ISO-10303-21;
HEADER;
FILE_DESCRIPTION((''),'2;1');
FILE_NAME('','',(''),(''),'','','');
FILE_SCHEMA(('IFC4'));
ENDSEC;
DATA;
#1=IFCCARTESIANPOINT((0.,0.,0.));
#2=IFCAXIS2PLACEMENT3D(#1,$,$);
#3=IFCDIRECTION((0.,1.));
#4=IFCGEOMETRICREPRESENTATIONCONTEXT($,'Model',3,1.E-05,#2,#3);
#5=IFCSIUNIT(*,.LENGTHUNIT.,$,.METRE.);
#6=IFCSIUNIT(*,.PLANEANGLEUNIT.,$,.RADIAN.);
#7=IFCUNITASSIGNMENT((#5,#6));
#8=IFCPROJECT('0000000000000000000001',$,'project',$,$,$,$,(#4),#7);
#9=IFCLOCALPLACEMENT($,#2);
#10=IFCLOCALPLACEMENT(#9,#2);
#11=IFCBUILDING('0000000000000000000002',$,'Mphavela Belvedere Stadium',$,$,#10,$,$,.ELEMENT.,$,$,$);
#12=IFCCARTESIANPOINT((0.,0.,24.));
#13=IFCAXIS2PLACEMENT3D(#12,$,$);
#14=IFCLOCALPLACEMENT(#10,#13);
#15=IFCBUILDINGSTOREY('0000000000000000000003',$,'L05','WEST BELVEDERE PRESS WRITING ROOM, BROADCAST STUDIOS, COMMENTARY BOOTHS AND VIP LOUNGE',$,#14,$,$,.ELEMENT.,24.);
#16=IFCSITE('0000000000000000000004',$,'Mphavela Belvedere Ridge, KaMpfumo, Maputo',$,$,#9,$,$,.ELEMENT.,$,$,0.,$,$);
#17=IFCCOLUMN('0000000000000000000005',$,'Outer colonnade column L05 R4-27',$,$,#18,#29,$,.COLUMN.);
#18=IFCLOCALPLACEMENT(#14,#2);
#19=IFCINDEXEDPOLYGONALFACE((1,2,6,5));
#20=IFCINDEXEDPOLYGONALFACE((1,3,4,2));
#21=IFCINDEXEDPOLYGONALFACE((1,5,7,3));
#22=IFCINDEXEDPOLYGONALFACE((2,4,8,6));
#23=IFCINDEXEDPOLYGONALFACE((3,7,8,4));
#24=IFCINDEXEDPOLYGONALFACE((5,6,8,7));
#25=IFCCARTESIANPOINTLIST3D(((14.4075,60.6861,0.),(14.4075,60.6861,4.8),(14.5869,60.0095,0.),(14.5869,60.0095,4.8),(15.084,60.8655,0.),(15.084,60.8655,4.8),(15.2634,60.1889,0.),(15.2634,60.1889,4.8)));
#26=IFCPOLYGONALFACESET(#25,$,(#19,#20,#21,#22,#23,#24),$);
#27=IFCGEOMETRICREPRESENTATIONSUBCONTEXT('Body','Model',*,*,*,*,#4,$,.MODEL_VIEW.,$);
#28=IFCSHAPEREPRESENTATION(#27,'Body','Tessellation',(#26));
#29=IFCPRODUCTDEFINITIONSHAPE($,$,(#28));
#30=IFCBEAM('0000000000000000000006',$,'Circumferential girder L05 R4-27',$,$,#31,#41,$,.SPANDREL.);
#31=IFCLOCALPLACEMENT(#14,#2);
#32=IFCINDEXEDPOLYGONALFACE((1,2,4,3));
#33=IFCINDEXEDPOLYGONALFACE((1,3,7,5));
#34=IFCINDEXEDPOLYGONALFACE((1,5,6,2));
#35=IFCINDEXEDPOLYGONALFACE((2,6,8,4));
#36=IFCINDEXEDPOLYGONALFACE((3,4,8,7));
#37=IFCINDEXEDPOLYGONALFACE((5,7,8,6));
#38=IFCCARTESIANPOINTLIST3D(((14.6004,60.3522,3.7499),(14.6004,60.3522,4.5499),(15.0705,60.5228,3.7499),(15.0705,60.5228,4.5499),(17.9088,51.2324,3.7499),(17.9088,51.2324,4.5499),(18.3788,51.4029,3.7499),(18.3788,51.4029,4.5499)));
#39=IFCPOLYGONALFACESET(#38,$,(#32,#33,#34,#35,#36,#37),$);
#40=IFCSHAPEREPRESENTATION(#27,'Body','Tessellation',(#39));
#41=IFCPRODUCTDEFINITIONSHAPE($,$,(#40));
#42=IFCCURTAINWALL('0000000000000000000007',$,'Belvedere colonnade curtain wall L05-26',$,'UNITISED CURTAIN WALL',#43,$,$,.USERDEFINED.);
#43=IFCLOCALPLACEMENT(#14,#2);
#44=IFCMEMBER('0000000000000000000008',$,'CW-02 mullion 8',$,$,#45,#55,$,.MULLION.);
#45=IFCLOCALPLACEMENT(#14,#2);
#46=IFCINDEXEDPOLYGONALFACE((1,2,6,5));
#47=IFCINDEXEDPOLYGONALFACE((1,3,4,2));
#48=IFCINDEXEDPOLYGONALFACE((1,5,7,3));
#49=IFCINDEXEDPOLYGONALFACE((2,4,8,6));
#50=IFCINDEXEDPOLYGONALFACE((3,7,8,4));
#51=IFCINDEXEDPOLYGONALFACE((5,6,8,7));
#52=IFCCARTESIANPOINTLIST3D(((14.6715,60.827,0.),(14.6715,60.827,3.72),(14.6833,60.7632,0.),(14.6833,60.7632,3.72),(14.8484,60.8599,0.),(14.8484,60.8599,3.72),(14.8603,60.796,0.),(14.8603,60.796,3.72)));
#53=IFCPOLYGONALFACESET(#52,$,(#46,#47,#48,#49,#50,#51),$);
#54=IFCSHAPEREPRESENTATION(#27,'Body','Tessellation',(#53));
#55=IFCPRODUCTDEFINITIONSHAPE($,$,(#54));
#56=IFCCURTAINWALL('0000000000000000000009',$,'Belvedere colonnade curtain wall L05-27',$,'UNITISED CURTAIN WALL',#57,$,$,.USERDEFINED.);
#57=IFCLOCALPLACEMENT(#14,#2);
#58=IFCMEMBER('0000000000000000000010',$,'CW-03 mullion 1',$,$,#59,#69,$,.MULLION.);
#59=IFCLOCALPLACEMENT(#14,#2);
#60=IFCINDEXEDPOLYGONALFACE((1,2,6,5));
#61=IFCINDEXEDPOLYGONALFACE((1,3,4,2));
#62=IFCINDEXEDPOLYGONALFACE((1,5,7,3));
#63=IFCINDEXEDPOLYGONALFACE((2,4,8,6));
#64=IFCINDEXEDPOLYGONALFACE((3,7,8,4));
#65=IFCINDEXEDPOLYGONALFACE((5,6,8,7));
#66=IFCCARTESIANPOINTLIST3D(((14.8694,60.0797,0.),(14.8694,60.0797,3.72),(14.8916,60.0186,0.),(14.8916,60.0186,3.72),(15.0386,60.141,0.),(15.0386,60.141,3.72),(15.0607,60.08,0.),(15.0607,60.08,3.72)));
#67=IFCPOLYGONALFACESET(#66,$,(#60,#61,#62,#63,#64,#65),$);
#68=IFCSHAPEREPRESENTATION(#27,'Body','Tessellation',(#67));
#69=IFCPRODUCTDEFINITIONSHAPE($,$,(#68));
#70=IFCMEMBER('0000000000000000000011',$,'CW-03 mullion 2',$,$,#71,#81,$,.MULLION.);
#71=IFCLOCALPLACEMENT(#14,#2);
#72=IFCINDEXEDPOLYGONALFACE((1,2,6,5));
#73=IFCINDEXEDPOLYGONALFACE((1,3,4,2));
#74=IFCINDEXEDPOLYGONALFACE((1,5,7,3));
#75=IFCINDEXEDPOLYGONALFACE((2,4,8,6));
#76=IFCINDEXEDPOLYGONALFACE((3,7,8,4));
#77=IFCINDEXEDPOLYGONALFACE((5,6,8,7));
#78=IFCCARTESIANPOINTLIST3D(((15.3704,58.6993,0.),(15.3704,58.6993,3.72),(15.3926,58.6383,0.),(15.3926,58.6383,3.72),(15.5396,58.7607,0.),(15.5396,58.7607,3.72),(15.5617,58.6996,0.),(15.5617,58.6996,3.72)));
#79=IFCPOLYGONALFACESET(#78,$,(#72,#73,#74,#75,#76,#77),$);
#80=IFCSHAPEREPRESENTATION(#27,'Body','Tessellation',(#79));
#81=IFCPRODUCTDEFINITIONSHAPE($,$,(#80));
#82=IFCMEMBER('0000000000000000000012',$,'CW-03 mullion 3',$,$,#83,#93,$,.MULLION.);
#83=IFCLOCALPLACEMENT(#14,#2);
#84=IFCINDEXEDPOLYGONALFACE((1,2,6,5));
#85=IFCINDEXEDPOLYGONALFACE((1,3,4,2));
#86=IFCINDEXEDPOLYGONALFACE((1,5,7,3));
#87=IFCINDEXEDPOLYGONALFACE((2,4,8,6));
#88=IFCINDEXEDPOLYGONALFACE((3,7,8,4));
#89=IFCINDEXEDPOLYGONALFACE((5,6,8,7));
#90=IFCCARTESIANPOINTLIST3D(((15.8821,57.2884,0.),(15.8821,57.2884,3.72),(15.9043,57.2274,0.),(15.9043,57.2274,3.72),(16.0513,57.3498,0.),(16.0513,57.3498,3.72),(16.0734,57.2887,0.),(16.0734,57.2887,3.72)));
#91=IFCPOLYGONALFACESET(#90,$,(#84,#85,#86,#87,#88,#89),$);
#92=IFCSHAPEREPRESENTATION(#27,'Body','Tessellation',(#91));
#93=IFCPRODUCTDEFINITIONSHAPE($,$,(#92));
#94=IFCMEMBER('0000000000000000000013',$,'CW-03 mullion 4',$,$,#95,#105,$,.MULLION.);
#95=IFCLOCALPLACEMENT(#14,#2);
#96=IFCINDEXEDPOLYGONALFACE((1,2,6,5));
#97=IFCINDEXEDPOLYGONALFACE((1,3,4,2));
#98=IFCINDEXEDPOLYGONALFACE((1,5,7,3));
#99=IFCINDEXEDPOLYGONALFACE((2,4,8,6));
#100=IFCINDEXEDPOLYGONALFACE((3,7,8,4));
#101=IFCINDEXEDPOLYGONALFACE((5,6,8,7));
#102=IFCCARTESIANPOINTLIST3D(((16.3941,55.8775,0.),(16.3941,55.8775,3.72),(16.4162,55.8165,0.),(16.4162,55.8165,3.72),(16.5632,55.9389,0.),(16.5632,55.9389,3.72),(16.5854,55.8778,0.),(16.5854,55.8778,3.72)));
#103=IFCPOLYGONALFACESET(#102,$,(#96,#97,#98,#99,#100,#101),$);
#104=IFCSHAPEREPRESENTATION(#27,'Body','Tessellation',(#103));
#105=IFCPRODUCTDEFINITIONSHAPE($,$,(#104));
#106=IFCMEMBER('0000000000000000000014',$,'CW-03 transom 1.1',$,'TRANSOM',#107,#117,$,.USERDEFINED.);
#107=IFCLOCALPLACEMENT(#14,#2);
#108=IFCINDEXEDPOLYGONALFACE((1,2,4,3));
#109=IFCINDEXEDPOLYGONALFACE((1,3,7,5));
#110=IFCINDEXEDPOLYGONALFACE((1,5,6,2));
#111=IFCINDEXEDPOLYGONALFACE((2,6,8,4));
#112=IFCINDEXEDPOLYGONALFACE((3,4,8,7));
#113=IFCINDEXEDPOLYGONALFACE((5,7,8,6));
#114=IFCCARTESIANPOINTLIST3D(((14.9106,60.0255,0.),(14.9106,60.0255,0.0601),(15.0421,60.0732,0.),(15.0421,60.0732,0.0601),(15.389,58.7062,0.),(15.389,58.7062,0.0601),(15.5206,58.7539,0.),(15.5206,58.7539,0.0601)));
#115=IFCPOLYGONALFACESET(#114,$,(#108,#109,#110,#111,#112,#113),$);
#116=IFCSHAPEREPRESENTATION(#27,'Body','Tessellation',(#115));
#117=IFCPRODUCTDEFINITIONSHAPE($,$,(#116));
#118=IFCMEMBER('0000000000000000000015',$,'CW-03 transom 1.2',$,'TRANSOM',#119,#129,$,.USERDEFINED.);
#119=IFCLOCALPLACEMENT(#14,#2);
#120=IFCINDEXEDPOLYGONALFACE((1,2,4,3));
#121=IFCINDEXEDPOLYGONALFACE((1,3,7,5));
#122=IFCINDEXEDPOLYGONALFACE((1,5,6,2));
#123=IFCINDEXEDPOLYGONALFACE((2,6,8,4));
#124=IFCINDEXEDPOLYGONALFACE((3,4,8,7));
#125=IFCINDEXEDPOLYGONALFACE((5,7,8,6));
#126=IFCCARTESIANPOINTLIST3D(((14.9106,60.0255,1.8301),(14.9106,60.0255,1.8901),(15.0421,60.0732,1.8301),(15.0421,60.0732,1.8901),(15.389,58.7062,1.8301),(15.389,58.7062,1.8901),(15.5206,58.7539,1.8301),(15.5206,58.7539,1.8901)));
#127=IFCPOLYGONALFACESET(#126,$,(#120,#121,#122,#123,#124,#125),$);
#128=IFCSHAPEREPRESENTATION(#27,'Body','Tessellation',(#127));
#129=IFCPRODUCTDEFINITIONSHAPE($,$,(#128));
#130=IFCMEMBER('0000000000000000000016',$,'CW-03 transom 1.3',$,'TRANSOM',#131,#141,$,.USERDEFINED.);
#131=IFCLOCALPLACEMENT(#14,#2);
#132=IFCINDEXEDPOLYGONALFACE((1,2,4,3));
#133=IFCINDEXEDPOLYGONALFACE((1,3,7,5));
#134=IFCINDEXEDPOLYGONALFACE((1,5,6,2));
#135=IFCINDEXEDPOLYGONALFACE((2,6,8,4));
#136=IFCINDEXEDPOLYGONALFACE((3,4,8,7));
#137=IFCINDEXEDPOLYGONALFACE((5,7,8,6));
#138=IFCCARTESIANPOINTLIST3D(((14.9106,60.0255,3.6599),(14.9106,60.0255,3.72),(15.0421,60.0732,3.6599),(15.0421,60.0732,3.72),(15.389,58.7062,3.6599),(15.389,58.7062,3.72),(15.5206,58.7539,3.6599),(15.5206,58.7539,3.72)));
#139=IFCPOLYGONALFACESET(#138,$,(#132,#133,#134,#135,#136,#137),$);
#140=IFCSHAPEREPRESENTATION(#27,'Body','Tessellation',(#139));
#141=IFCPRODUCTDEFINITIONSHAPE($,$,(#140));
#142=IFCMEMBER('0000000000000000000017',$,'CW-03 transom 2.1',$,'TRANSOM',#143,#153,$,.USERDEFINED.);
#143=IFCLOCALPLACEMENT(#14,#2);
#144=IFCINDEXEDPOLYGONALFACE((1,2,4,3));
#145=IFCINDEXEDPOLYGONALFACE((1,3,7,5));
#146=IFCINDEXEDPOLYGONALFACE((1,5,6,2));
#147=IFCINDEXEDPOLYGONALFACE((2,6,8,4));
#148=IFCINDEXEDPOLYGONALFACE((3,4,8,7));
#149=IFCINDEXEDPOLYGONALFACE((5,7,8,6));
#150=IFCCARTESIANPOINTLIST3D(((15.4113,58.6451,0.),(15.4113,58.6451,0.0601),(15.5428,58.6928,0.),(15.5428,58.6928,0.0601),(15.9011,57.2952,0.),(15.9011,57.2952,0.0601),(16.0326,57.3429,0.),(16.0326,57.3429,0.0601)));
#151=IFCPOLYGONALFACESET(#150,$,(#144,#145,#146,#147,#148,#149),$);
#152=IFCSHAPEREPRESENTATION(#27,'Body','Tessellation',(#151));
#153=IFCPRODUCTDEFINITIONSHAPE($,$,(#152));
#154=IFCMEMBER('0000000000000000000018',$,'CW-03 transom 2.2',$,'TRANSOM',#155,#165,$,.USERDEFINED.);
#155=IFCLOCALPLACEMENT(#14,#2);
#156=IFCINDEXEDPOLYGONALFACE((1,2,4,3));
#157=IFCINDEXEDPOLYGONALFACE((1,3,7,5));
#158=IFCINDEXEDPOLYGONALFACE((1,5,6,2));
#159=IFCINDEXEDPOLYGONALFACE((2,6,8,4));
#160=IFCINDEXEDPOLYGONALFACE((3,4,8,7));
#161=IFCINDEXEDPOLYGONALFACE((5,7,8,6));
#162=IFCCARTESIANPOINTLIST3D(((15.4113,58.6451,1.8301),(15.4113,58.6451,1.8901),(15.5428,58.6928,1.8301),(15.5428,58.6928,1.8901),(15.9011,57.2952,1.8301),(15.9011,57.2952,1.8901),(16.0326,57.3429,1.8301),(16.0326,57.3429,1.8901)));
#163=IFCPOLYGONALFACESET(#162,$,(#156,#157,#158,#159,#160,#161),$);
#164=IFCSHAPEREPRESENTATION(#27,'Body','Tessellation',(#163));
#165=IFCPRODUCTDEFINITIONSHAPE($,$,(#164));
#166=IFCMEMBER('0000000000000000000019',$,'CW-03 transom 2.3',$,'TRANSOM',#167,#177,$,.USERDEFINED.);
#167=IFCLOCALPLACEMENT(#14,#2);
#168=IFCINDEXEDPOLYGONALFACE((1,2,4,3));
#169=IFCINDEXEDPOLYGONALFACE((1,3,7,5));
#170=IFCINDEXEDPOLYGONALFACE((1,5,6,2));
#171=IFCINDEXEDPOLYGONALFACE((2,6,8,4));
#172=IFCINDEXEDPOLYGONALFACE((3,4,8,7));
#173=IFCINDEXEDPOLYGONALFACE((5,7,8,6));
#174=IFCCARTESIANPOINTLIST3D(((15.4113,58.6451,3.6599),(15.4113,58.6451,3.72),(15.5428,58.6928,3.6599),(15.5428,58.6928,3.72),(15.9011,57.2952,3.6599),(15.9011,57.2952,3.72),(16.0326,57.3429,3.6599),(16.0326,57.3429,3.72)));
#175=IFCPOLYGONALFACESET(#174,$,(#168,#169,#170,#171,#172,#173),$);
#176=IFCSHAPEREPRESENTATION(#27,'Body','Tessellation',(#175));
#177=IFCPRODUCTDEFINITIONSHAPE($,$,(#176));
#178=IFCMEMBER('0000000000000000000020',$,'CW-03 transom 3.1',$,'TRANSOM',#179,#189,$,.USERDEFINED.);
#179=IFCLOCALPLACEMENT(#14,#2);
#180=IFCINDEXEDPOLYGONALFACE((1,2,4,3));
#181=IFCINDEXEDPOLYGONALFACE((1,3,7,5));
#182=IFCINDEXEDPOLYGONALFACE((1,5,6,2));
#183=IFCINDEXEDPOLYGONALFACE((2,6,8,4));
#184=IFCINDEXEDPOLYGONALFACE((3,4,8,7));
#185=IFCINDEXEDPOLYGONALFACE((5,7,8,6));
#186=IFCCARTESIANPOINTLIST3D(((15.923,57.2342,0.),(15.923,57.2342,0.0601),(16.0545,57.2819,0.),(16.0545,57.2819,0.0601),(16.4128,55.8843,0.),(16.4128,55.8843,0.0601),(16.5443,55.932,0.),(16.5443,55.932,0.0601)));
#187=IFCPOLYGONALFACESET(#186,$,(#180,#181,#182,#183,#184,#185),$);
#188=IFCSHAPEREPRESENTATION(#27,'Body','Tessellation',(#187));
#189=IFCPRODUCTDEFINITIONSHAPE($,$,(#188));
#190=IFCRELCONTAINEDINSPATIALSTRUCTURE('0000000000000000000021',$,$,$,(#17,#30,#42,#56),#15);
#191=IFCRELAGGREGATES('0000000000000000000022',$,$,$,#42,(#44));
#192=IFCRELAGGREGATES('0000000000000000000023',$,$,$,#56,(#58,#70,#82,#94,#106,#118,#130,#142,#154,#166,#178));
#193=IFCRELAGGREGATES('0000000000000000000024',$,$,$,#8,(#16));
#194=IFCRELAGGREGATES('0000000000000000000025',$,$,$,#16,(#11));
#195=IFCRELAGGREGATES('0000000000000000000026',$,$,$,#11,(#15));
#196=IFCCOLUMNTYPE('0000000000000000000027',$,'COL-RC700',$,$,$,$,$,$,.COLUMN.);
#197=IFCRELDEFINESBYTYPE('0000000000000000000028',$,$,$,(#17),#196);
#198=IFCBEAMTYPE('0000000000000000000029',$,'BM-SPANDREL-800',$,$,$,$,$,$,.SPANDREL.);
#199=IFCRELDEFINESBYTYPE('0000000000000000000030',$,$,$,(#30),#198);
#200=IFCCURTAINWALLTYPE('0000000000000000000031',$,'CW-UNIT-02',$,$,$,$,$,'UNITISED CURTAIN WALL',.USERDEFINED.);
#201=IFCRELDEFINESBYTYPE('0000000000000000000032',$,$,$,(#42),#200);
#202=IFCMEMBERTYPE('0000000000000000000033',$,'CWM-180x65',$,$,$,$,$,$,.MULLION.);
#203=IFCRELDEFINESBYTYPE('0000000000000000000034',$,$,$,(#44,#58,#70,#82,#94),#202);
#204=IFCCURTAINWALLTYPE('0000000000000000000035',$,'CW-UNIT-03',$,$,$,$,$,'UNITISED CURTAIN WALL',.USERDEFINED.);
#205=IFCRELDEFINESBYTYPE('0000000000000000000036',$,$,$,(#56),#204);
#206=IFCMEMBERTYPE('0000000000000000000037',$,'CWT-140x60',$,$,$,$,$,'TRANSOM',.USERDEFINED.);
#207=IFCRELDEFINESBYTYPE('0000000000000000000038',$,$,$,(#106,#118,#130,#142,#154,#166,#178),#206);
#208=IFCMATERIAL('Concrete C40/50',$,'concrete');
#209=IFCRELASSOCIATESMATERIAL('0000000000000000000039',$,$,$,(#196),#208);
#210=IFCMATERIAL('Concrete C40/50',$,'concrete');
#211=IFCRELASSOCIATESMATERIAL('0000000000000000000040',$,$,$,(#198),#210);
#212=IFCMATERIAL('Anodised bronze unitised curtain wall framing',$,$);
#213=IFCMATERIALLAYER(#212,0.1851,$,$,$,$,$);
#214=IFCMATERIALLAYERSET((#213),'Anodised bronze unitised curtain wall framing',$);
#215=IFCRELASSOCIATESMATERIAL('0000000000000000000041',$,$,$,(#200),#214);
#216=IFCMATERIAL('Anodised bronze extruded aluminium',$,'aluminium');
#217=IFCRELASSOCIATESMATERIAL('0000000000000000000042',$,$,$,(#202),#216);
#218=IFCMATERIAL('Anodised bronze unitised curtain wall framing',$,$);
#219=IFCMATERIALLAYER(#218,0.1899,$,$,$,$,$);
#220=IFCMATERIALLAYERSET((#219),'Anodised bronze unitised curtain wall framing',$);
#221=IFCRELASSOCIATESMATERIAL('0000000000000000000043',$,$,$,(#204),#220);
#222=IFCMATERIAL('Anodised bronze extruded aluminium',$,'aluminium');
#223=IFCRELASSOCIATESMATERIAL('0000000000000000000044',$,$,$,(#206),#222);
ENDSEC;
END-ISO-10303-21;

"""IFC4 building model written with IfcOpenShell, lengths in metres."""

from ifc_helpers import new_model, si_unit, direction, frame, origin, origin_2d, place, context, subcontext, project, spatial, rectangle, extrude, material, layer, layer_set, material_profile, profile_set, type_object, element, aggregate, save


model = new_model("IFC4")

# Units and contexts
model_context = context("Model", 3, precision=1e-05, world=origin(), true_north=direction((0.0, 1.0)))
body_context = subcontext(model_context, "Body", "Model", "MODEL_VIEW")
ifc_project = project(units=[si_unit("LENGTHUNIT", "METRE"), si_unit("PLANEANGLEUNIT", "RADIAN")], contexts=[model_context])

# Site, building, storey
site_placement = place(None, origin())
site = spatial("IfcSite", under=ifc_project, at=site_placement, Name="Mphavela Belvedere Ridge, KaMpfumo, Maputo", CompositionType="ELEMENT", RefElevation=0.0)
building_placement = place(site_placement, origin())
building = spatial("IfcBuilding", under=site, at=building_placement, Name="Mphavela Belvedere Stadium", CompositionType="ELEMENT")
storey_placement = place(building_placement, frame((0.0, 0.0, 24.0)))
storey = spatial("IfcBuildingStorey", under=building, at=storey_placement, Name="L05", Description="WEST BELVEDERE PRESS WRITING ROOM, BROADCAST STUDIOS, COMMENTARY BOOTHS AND VIP LOUNGE", CompositionType="ELEMENT", Elevation=24.0)

# Column
ifc_material_1 = material(Name="Concrete C40/50", Category="concrete")
ifc_material_profile_1 = material_profile(ifc_material_1, rectangle(XDim=0.7, YDim=0.7, at=origin_2d()), Name="RC 700x700")
ifc_profile_set_1 = profile_set([ifc_material_profile_1], Name="Concrete C40/50")
column_type = type_object("IfcColumnType", Name="COL-RC700", PredefinedType="COLUMN", material=ifc_profile_set_1)
column_placement = place(storey_placement, frame((14.8354, 60.4375, 0.0), z_axis=(0.0, 0.0, 1.0), x_axis=(-0.9666, -0.256289, 0.0)))
element("IfcColumn", 1, at=column_placement, inside=storey, type_object=column_type, Name="Outer colonnade column L05 R4-27", PredefinedType="COLUMN", context=body_context, shape_type="SweptSolid", body=[
    extrude(rectangle(XDim=0.7, YDim=0.7, at=origin_2d()), origin(), (0.0, 0.0, 1.0), 4.8),
])

# Beam
ifc_material_2 = material(Name="Concrete C40/50", Category="concrete")
ifc_material_profile_2 = material_profile(ifc_material_2, rectangle(XDim=0.5, YDim=0.8, at=origin_2d()), Name="RC 500x800")
ifc_profile_set_2 = profile_set([ifc_material_profile_2], Name="Concrete C40/50")
beam_type = type_object("IfcBeamType", Name="BM-SPANDREL-800", PredefinedType="SPANDREL", material=ifc_profile_set_2)
beam_placement = place(storey_placement, frame((14.8354, 60.4375, 4.1499), z_axis=(0.341018, -0.940057, 0.0), x_axis=(0.940057, 0.341018, 0.0)))
element("IfcBeam", 2, at=beam_placement, inside=storey, type_object=beam_type, Name="Circumferential girder L05 R4-27", PredefinedType="SPANDREL", context=body_context, shape_type="SweptSolid", body=[
    extrude(rectangle(XDim=0.5, YDim=0.8, at=origin_2d()), origin(), (0.0, 0.0, 1.0), 9.7014),
])

# Curtain wall, member
ifc_material_3 = material(Name="Anodised bronze unitised curtain wall framing")
ifc_layer_1 = layer(ifc_material_3, 0.1851)
ifc_layer_set_1 = layer_set([ifc_layer_1], Name="Anodised bronze unitised curtain wall framing")
curtain_wall_type_1 = type_object("IfcCurtainWallType", Name="CW-UNIT-02", ElementType="UNITISED CURTAIN WALL", PredefinedType="USERDEFINED", material=ifc_layer_set_1)
curtain_wall_1_placement = place(storey_placement, origin())
curtain_wall_1 = element("IfcCurtainWall", 3, at=curtain_wall_1_placement, inside=storey, type_object=curtain_wall_type_1, Name="Belvedere colonnade curtain wall L05-26", ObjectType="UNITISED CURTAIN WALL", PredefinedType="USERDEFINED")
ifc_material_4 = material(Name="Anodised bronze extruded aluminium", Category="aluminium")
ifc_material_profile_3 = material_profile(ifc_material_4, rectangle(XDim=0.1799, YDim=0.0649, at=origin_2d()), Name="CW-MUL 180x65")
ifc_profile_set_3 = profile_set([ifc_material_profile_3], Name="Anodised bronze extruded aluminium")
member_type_1 = type_object("IfcMemberType", Name="CWM-180x65", PredefinedType="MULLION", material=ifc_profile_set_3)
member_1_placement = place(storey_placement, frame((14.7659, 60.8115, 0.0), z_axis=(0.0, 0.0, 1.0), x_axis=(0.983184, 0.182618, 0.0)))
member_1 = element("IfcMember", 4, at=member_1_placement, type_object=member_type_1, Name="CW-02 mullion 8", PredefinedType="MULLION", context=body_context, shape_type="SweptSolid", body=[
    extrude(rectangle(XDim=0.1799, YDim=0.0649, at=origin_2d()), origin(), (0.0, 0.0, 1.0), 3.72),
])

# Curtain wall, members
ifc_material_5 = material(Name="Anodised bronze unitised curtain wall framing")
ifc_layer_2 = layer(ifc_material_5, 0.1899)
ifc_layer_set_2 = layer_set([ifc_layer_2], Name="Anodised bronze unitised curtain wall framing")
curtain_wall_type_2 = type_object("IfcCurtainWallType", Name="CW-UNIT-03", ElementType="UNITISED CURTAIN WALL", PredefinedType="USERDEFINED", material=ifc_layer_set_2)
curtain_wall_2_placement = place(storey_placement, origin())
curtain_wall_2 = element("IfcCurtainWall", 5, at=curtain_wall_2_placement, inside=storey, type_object=curtain_wall_type_2, Name="Belvedere colonnade curtain wall L05-27", ObjectType="UNITISED CURTAIN WALL", PredefinedType="USERDEFINED")
member_2_placement = place(storey_placement, frame((14.9651, 60.0798, 0.0), z_axis=(0.0, 0.0, 1.0), x_axis=(0.940053, 0.341027, 0.0)))
member_2 = element("IfcMember", 6, at=member_2_placement, type_object=member_type_1, Name="CW-03 mullion 1", PredefinedType="MULLION", context=body_context, shape_type="SweptSolid", body=[
    extrude(rectangle(XDim=0.1799, YDim=0.0649, at=origin_2d()), origin(), (0.0, 0.0, 1.0), 3.72),
])
member_3_placement = place(storey_placement, frame((15.4661, 58.6995, 0.0), z_axis=(0.0, 0.0, 1.0), x_axis=(0.940053, 0.341027, 0.0)))
member_3 = element("IfcMember", 7, at=member_3_placement, type_object=member_type_1, Name="CW-03 mullion 2", PredefinedType="MULLION", context=body_context, shape_type="SweptSolid", body=[
    extrude(rectangle(XDim=0.1799, YDim=0.0649, at=origin_2d()), origin(), (0.0, 0.0, 1.0), 3.72),
])
member_4_placement = place(storey_placement, frame((15.9778, 57.2886, 0.0), z_axis=(0.0, 0.0, 1.0), x_axis=(0.940053, 0.341027, 0.0)))
member_4 = element("IfcMember", 8, at=member_4_placement, type_object=member_type_1, Name="CW-03 mullion 3", PredefinedType="MULLION", context=body_context, shape_type="SweptSolid", body=[
    extrude(rectangle(XDim=0.1799, YDim=0.0649, at=origin_2d()), origin(), (0.0, 0.0, 1.0), 3.72),
])
member_5_placement = place(storey_placement, frame((16.4897, 55.8777, 0.0), z_axis=(0.0, 0.0, 1.0), x_axis=(0.940053, 0.341027, 0.0)))
member_5 = element("IfcMember", 9, at=member_5_placement, type_object=member_type_1, Name="CW-03 mullion 4", PredefinedType="MULLION", context=body_context, shape_type="SweptSolid", body=[
    extrude(rectangle(XDim=0.1799, YDim=0.0649, at=origin_2d()), origin(), (0.0, 0.0, 1.0), 3.72),
])
ifc_material_6 = material(Name="Anodised bronze extruded aluminium", Category="aluminium")
ifc_material_profile_4 = material_profile(ifc_material_6, rectangle(XDim=0.1399, YDim=0.0601, at=origin_2d()), Name="CW-TRN 140x60")
ifc_profile_set_4 = profile_set([ifc_material_profile_4], Name="Anodised bronze extruded aluminium")
member_type_2 = type_object("IfcMemberType", Name="CWT-140x60", ElementType="TRANSOM", PredefinedType="USERDEFINED", material=ifc_profile_set_4)
member_6_placement = place(storey_placement, frame((14.9763, 60.0493, 0.03), z_axis=(0.340961, -0.940078, 0.0), x_axis=(0.940078, 0.340961, 0.0)))
member_6 = element("IfcMember", 10, at=member_6_placement, type_object=member_type_2, Name="CW-03 transom 1.1", ObjectType="TRANSOM", PredefinedType="USERDEFINED", context=body_context, shape_type="SweptSolid", body=[
    extrude(rectangle(XDim=0.1399, YDim=0.0601, at=origin_2d()), origin(), (0.0, 0.0, 1.0), 1.4033),
])
member_7_placement = place(storey_placement, frame((14.9763, 60.0493, 1.8601), z_axis=(0.340961, -0.940078, 0.0), x_axis=(0.940078, 0.340961, 0.0)))
member_7 = element("IfcMember", 11, at=member_7_placement, type_object=member_type_2, Name="CW-03 transom 1.2", ObjectType="TRANSOM", PredefinedType="USERDEFINED", context=body_context, shape_type="SweptSolid", body=[
    extrude(rectangle(XDim=0.1399, YDim=0.0601, at=origin_2d()), origin(), (0.0, 0.0, 1.0), 1.4033),
])
member_8_placement = place(storey_placement, frame((14.9763, 60.0493, 3.6899), z_axis=(0.340961, -0.940078, 0.0), x_axis=(0.940078, 0.340961, 0.0)))
member_8 = element("IfcMember", 12, at=member_8_placement, type_object=member_type_2, Name="CW-03 transom 1.3", ObjectType="TRANSOM", PredefinedType="USERDEFINED", context=body_context, shape_type="SweptSolid", body=[
    extrude(rectangle(XDim=0.1399, YDim=0.0601, at=origin_2d()), origin(), (0.0, 0.0, 1.0), 1.4033),
])
member_9_placement = place(storey_placement, frame((15.4771, 58.6689, 0.03), z_axis=(0.34106, -0.940041, 0.0), x_axis=(0.940041, 0.34106, 0.0)))
member_9 = element("IfcMember", 13, at=member_9_placement, type_object=member_type_2, Name="CW-03 transom 2.1", ObjectType="TRANSOM", PredefinedType="USERDEFINED", context=body_context, shape_type="SweptSolid", body=[
    extrude(rectangle(XDim=0.1399, YDim=0.0601, at=origin_2d()), origin(), (0.0, 0.0, 1.0), 1.436),
])
member_10_placement = place(storey_placement, frame((15.4771, 58.6689, 1.8601), z_axis=(0.34106, -0.940041, 0.0), x_axis=(0.940041, 0.34106, 0.0)))
member_10 = element("IfcMember", 14, at=member_10_placement, type_object=member_type_2, Name="CW-03 transom 2.2", ObjectType="TRANSOM", PredefinedType="USERDEFINED", context=body_context, shape_type="SweptSolid", body=[
    extrude(rectangle(XDim=0.1399, YDim=0.0601, at=origin_2d()), origin(), (0.0, 0.0, 1.0), 1.436),
])
member_11_placement = place(storey_placement, frame((15.4771, 58.6689, 3.6899), z_axis=(0.34106, -0.940041, 0.0), x_axis=(0.940041, 0.34106, 0.0)))
member_11 = element("IfcMember", 15, at=member_11_placement, type_object=member_type_2, Name="CW-03 transom 2.3", ObjectType="TRANSOM", PredefinedType="USERDEFINED", context=body_context, shape_type="SweptSolid", body=[
    extrude(rectangle(XDim=0.1399, YDim=0.0601, at=origin_2d()), origin(), (0.0, 0.0, 1.0), 1.436),
])
member_12_placement = place(storey_placement, frame((15.9888, 57.2581, 0.03), z_axis=(0.34106, -0.940041, 0.0), x_axis=(0.940041, 0.34106, 0.0)))
member_12 = element("IfcMember", 16, at=member_12_placement, type_object=member_type_2, Name="CW-03 transom 3.1", ObjectType="TRANSOM", PredefinedType="USERDEFINED", context=body_context, shape_type="SweptSolid", body=[
    extrude(rectangle(XDim=0.1399, YDim=0.0601, at=origin_2d()), origin(), (0.0, 0.0, 1.0), 1.436),
])

aggregate(curtain_wall_1, [member_1])
aggregate(curtain_wall_2, [member_2, member_3, member_4, member_5, member_6, member_7, member_8, member_9, member_10, member_11, member_12])

save(model, "model.ifc")
